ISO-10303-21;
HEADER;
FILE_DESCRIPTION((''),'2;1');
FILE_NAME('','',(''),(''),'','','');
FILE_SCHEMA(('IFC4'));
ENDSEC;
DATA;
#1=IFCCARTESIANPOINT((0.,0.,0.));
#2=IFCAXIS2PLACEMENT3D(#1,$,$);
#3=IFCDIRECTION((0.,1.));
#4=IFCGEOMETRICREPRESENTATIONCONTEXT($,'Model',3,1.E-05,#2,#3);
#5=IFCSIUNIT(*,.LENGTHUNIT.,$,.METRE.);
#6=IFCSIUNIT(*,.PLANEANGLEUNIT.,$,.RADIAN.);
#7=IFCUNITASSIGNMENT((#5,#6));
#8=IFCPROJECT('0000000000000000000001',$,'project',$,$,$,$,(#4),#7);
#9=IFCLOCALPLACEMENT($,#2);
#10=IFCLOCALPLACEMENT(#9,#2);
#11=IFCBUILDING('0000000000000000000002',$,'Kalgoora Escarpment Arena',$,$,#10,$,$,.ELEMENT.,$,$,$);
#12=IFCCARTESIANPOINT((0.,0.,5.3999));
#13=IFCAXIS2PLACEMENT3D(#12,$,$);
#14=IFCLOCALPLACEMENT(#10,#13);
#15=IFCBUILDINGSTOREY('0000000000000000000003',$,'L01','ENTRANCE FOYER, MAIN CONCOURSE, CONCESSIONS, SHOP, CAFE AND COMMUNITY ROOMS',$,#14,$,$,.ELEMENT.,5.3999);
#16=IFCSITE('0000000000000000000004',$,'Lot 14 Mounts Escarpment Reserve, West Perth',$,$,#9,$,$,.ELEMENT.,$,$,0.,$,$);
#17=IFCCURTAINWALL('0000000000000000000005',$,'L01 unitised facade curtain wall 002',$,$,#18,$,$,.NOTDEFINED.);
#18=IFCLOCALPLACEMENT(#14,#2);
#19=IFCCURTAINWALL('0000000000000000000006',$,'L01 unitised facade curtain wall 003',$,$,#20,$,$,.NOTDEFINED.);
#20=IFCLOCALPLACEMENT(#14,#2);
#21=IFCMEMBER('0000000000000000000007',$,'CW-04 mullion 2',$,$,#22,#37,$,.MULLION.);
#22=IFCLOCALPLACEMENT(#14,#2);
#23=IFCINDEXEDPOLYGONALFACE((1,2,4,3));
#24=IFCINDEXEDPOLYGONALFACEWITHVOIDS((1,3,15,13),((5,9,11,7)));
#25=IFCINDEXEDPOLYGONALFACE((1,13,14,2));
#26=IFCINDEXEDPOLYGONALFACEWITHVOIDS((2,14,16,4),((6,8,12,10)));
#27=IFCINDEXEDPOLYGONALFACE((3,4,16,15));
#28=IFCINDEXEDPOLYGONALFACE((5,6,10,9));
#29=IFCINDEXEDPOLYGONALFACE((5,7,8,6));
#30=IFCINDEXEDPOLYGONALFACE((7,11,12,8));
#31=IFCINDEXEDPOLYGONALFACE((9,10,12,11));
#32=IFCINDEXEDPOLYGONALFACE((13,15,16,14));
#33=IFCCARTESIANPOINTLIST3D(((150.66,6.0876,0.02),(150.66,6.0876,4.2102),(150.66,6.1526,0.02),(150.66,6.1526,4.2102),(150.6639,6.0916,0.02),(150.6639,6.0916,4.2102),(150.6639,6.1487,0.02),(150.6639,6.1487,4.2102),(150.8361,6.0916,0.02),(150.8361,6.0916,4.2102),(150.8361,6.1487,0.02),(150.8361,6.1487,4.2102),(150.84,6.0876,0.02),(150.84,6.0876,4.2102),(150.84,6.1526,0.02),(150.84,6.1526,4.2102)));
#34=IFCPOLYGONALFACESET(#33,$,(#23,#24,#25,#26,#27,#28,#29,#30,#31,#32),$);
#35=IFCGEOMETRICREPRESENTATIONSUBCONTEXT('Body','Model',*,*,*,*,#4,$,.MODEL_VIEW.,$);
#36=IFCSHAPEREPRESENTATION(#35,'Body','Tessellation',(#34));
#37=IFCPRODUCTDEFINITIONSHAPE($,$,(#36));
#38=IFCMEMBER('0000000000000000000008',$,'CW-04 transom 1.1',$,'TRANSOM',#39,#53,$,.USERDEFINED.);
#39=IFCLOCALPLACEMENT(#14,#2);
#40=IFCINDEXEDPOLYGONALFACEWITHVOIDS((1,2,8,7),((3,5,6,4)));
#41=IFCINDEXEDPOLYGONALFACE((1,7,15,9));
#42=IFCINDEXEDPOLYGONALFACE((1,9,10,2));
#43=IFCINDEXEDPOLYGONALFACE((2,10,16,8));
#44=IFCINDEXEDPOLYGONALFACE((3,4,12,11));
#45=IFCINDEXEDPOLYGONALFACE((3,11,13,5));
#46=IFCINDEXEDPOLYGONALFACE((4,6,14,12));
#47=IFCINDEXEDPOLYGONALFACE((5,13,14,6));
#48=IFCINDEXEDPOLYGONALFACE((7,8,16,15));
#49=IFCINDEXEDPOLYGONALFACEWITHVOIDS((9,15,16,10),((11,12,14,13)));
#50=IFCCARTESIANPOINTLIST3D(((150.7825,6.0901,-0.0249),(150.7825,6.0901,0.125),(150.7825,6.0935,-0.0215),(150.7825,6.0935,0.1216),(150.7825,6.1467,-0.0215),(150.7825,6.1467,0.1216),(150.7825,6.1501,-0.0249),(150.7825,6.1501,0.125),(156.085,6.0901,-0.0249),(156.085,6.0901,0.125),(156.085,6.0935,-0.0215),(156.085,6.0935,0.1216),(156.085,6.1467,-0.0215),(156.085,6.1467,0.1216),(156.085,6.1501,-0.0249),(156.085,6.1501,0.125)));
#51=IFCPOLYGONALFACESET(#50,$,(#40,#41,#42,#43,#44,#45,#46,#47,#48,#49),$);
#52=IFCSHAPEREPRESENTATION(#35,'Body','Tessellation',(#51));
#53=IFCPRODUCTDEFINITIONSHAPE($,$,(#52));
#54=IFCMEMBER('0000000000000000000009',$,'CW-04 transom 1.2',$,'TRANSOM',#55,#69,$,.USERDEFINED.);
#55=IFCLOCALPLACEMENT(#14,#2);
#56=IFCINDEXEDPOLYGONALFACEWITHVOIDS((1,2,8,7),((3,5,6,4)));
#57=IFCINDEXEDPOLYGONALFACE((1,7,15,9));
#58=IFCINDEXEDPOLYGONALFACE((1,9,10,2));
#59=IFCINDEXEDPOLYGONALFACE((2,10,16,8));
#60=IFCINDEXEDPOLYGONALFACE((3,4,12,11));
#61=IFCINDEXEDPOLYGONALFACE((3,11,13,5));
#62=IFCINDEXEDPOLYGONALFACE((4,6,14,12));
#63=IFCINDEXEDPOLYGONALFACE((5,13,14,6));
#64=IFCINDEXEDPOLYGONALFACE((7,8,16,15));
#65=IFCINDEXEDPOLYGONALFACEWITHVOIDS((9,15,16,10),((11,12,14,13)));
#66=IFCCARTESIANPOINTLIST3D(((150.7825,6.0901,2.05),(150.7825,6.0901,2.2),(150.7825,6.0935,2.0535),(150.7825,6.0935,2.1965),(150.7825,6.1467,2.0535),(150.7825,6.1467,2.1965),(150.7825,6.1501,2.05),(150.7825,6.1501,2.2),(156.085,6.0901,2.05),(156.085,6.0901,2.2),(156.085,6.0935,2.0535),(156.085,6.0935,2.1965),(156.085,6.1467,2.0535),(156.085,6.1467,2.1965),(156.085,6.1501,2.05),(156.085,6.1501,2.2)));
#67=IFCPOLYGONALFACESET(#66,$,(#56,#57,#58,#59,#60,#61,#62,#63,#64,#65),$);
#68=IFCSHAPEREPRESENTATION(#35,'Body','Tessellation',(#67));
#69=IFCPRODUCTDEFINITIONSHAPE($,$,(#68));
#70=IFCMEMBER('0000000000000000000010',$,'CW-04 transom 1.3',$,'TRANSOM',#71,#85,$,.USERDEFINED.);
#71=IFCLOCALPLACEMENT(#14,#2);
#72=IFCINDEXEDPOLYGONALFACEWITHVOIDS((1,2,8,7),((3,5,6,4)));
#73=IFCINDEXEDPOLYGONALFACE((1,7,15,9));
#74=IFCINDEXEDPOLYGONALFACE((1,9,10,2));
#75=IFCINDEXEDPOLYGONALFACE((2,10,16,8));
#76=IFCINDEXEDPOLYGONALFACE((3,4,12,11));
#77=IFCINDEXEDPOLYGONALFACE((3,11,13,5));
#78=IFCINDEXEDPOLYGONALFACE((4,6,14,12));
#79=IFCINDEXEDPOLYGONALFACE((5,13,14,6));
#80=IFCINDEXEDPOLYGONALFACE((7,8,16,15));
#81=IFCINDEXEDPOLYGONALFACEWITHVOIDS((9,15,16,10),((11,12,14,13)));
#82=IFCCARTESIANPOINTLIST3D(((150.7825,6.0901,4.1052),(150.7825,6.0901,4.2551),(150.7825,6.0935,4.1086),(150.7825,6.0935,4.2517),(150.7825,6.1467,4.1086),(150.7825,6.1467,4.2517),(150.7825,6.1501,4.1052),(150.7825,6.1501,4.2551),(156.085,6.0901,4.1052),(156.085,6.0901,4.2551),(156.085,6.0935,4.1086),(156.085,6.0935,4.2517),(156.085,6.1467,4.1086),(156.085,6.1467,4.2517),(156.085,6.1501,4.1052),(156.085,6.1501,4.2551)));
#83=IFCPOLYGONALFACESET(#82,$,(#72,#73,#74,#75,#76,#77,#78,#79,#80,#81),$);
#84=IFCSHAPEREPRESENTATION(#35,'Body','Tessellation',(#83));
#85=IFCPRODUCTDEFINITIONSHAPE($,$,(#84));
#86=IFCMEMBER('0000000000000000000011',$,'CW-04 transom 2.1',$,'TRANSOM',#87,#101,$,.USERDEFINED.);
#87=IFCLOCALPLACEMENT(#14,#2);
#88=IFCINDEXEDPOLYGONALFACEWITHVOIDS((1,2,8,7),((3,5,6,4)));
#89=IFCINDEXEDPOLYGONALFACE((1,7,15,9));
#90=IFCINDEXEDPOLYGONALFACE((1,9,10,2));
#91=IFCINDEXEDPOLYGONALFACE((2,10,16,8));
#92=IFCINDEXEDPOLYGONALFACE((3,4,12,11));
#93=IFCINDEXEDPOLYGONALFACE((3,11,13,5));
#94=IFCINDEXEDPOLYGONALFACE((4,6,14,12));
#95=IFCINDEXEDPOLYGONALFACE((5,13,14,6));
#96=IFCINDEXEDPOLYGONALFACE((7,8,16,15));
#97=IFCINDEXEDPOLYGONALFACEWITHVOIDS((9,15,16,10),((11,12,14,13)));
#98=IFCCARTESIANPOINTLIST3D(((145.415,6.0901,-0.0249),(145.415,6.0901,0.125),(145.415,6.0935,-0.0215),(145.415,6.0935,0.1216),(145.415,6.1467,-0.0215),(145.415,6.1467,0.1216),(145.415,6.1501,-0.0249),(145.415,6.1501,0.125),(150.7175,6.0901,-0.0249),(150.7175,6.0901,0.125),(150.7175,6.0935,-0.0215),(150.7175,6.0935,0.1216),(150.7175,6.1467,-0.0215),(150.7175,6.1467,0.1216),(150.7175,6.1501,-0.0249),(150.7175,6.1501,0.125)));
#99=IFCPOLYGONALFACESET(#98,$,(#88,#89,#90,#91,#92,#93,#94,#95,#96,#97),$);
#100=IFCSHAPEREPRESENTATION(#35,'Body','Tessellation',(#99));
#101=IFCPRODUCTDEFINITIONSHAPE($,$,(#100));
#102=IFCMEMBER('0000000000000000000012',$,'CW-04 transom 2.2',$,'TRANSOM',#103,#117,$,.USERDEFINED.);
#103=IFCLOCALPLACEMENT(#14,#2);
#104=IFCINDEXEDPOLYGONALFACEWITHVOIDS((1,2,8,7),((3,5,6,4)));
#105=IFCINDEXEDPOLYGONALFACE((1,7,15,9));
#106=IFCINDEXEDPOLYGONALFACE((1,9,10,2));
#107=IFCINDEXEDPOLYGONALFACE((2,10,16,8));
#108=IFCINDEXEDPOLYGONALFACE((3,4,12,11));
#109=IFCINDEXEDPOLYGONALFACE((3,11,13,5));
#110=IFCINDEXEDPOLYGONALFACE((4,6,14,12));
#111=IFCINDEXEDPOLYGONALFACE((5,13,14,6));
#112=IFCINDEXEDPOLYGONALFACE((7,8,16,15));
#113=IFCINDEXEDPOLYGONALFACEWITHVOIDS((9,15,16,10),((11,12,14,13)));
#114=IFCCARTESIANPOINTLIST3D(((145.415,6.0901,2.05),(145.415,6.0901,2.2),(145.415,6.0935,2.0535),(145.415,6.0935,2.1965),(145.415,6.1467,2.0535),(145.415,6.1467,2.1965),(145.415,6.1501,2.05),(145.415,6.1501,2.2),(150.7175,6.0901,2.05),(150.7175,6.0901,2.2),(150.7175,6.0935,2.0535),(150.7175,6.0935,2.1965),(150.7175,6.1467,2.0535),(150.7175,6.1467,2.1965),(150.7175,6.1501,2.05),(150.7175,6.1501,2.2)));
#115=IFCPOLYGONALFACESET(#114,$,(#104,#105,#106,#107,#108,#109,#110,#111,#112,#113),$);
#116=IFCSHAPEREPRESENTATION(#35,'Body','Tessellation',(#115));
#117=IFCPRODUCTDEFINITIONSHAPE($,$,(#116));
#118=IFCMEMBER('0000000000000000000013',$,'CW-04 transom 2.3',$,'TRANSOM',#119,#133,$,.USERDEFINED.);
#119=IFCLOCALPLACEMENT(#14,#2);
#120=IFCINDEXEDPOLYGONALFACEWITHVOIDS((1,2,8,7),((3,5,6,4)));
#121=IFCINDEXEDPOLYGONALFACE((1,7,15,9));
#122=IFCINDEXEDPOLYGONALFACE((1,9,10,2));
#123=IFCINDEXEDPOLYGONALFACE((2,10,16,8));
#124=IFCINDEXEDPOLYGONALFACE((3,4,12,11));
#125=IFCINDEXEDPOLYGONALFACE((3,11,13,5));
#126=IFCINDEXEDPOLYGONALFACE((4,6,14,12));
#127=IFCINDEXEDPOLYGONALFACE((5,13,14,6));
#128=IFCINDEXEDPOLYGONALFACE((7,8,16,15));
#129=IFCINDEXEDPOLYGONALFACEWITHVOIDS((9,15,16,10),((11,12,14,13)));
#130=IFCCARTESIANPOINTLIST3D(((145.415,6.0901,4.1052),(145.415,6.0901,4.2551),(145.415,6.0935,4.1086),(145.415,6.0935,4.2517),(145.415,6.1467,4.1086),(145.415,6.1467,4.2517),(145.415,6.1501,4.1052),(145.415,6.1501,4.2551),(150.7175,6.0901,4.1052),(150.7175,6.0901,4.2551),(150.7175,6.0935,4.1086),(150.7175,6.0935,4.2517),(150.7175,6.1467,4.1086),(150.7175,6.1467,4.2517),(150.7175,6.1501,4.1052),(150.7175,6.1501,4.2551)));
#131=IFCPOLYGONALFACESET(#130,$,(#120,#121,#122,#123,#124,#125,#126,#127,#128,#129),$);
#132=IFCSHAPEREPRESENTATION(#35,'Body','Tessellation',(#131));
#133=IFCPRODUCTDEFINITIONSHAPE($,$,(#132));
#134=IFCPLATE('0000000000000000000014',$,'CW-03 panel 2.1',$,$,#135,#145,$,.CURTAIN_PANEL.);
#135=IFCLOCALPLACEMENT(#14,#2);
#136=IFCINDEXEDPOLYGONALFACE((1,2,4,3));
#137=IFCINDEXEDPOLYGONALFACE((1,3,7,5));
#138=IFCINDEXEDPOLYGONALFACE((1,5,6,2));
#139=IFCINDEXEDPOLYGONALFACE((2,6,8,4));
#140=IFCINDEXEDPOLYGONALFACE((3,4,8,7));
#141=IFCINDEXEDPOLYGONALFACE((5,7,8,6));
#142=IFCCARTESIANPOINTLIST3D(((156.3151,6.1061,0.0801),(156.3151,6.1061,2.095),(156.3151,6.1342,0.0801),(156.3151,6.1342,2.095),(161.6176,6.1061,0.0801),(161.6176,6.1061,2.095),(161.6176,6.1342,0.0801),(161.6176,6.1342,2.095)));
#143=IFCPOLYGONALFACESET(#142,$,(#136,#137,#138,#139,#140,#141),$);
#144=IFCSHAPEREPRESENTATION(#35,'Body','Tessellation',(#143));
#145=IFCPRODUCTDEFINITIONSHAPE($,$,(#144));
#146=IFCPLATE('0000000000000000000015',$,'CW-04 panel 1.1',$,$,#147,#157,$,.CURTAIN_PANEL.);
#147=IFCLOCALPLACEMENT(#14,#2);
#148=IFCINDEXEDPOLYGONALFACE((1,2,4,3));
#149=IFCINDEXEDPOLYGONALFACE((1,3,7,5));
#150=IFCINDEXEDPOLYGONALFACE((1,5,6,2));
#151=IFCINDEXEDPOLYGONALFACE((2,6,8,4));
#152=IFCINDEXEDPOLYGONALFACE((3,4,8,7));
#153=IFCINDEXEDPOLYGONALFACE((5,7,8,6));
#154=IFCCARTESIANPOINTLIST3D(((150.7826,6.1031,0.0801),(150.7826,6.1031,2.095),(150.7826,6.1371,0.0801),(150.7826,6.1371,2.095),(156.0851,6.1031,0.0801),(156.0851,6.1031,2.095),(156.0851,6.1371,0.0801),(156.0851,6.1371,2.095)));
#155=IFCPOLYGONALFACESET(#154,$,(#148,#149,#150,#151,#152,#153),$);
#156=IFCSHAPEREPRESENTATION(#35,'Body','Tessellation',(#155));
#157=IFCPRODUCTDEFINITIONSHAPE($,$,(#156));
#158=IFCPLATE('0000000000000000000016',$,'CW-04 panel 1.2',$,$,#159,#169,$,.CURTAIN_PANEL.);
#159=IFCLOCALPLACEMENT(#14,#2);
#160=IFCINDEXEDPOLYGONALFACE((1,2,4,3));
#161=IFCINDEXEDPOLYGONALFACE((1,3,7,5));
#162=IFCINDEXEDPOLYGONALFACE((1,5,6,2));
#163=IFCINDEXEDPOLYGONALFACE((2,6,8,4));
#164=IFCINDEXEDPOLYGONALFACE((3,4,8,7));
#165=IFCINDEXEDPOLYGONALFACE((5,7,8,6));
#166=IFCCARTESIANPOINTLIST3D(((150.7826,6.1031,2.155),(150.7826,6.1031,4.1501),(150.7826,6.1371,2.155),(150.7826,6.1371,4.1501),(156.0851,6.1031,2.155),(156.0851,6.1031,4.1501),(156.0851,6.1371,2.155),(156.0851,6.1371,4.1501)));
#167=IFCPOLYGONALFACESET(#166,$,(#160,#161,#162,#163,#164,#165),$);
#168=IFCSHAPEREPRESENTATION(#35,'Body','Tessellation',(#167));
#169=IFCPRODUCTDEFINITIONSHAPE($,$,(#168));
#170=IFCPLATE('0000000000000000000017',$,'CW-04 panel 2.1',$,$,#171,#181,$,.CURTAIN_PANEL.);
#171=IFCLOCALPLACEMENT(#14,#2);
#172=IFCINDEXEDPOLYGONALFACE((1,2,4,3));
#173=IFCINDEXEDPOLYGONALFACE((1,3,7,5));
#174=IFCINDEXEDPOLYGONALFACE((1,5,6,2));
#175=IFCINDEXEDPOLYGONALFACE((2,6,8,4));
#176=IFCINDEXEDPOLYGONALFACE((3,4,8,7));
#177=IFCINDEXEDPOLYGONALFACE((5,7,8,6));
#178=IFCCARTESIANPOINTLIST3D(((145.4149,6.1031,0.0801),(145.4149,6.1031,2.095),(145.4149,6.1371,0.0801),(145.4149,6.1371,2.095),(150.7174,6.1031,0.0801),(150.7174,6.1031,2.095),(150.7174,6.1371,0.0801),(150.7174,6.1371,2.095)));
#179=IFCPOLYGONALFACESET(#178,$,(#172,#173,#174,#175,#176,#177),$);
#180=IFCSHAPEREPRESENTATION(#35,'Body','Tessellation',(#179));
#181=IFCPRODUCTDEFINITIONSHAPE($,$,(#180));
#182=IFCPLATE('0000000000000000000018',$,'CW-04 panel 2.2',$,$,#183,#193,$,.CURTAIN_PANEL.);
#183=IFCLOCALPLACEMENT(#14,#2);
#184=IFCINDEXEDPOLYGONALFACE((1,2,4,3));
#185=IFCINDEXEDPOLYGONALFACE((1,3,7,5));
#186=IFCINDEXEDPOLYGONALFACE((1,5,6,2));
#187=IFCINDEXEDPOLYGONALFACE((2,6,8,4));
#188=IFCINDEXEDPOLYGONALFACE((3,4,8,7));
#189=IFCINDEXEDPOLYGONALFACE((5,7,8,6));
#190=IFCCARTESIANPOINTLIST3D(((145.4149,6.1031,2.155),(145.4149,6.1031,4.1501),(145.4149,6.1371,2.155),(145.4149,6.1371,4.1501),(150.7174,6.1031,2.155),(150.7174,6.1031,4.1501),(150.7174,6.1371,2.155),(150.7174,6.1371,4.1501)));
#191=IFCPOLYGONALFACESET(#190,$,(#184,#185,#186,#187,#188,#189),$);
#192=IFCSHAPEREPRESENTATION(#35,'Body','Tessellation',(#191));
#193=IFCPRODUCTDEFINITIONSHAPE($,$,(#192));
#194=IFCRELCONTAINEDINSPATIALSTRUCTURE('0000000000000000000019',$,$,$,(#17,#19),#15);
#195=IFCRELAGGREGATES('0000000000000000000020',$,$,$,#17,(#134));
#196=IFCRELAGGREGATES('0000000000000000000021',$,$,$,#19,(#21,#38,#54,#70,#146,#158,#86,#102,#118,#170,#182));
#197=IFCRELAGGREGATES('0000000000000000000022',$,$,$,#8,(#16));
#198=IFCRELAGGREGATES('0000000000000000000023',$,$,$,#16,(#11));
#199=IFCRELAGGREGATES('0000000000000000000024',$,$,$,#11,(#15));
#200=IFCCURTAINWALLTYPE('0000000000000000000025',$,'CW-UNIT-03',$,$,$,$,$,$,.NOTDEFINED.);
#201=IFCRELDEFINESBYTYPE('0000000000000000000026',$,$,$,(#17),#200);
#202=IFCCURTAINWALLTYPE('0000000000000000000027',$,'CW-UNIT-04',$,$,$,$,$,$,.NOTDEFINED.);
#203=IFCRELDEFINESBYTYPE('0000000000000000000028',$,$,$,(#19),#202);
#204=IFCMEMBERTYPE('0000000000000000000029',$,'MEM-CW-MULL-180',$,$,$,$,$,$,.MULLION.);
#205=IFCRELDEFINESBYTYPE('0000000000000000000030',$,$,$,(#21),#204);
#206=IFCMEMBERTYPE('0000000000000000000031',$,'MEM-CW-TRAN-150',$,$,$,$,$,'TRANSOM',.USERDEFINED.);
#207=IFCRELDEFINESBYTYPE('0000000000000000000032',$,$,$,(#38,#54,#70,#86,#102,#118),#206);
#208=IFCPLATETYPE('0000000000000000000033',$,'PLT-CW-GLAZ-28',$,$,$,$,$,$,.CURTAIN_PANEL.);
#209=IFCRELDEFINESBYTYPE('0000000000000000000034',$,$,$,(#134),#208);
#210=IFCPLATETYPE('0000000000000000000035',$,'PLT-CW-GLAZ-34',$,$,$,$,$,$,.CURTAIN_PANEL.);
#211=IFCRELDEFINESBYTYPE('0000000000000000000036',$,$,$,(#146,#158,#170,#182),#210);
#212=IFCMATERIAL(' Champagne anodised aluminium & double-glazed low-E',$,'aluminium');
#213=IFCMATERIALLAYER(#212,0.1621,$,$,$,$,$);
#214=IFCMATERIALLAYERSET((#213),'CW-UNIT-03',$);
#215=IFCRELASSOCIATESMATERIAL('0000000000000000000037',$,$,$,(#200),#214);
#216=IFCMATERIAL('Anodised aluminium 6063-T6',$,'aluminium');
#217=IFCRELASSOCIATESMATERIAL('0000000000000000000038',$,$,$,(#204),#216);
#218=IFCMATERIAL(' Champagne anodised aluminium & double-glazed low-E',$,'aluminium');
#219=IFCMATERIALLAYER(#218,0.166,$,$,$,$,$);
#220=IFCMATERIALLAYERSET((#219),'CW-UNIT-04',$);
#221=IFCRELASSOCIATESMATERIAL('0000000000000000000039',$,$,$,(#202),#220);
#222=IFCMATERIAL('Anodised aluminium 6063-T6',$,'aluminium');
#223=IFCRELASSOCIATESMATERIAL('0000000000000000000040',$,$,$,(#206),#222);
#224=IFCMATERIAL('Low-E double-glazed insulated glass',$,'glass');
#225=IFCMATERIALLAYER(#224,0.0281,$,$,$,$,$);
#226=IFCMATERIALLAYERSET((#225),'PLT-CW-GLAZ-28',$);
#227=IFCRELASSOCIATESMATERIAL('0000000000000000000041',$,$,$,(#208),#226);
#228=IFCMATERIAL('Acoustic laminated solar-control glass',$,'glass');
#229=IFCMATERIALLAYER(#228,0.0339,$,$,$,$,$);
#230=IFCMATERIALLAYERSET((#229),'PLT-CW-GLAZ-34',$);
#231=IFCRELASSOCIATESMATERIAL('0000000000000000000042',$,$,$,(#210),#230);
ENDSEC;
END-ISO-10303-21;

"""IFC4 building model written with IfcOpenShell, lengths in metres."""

from ifc_helpers import new_model, si_unit, direction, frame, origin, origin_2d, place, context, subcontext, project, spatial, rectangle, hollow_rectangle, extrude, material, layer, layer_set, material_profile, profile_set, type_object, element, aggregate, save


model = new_model("IFC4")

# Units and contexts
model_context = context("Model", 3, precision=1e-05, world=origin(), true_north=direction((0.0, 1.0)))
body_context = subcontext(model_context, "Body", "Model", "MODEL_VIEW")
ifc_project = project(units=[si_unit("LENGTHUNIT", "METRE"), si_unit("PLANEANGLEUNIT", "RADIAN")], contexts=[model_context])

# Site, building, storey
site_placement = place(None, origin())
site = spatial("IfcSite", under=ifc_project, at=site_placement, Name="Lot 14 Mounts Escarpment Reserve, West Perth", CompositionType="ELEMENT", RefElevation=0.0)
building_placement = place(site_placement, origin())
building = spatial("IfcBuilding", under=site, at=building_placement, Name="Kalgoora Escarpment Arena", CompositionType="ELEMENT")
storey_placement = place(building_placement, frame((0.0, 0.0, 5.3999)))
storey = spatial("IfcBuildingStorey", under=building, at=storey_placement, Name="L01", Description="ENTRANCE FOYER, MAIN CONCOURSE, CONCESSIONS, SHOP, CAFE AND COMMUNITY ROOMS", CompositionType="ELEMENT", Elevation=5.3999)

# Curtain wall
ifc_material_1 = material(Name=" Champagne anodised aluminium & double-glazed low-E", Category="aluminium")
ifc_layer_1 = layer(ifc_material_1, 0.1621)
ifc_layer_set_1 = layer_set([ifc_layer_1], Name="CW-UNIT-03")
curtain_wall_type_1 = type_object("IfcCurtainWallType", Name="CW-UNIT-03", PredefinedType="NOTDEFINED", material=ifc_layer_set_1)
curtain_wall_1_placement = place(storey_placement, origin())
curtain_wall_1 = element("IfcCurtainWall", 1, at=curtain_wall_1_placement, inside=storey, type_object=curtain_wall_type_1, Name="L01 unitised facade curtain wall 002", PredefinedType="NOTDEFINED")
ifc_material_2 = material(Name="Anodised aluminium 6063-T6", Category="aluminium")
ifc_material_profile_1 = material_profile(ifc_material_2, hollow_rectangle(XDim=0.0649, YDim=0.1799, WallThickness=0.0039, at=origin_2d()))
ifc_profile_set_1 = profile_set([ifc_material_profile_1], Name="Anodised aluminium 6063-T6")
member_type_1 = type_object("IfcMemberType", Name="MEM-CW-MULL-180", PredefinedType="MULLION", material=ifc_profile_set_1)

# Curtain wall, members
ifc_material_3 = material(Name=" Champagne anodised aluminium & double-glazed low-E", Category="aluminium")
ifc_layer_2 = layer(ifc_material_3, 0.166)
ifc_layer_set_2 = layer_set([ifc_layer_2], Name="CW-UNIT-04")
curtain_wall_type_2 = type_object("IfcCurtainWallType", Name="CW-UNIT-04", PredefinedType="NOTDEFINED", material=ifc_layer_set_2)
curtain_wall_2_placement = place(storey_placement, origin())
curtain_wall_2 = element("IfcCurtainWall", 2, at=curtain_wall_2_placement, inside=storey, type_object=curtain_wall_type_2, Name="L01 unitised facade curtain wall 003", PredefinedType="NOTDEFINED")
member_1_placement = place(storey_placement, frame((150.75, 6.1201, 0.02), z_axis=(0.0, 0.0, 1.0), x_axis=(0.0, -1.0, 0.0)))
member_1 = element("IfcMember", 3, at=member_1_placement, type_object=member_type_1, Name="CW-04 mullion 2", PredefinedType="MULLION", context=body_context, shape_type="SweptSolid", body=[
    extrude(hollow_rectangle(XDim=0.0649, YDim=0.1799, WallThickness=0.0039, at=origin_2d()), origin(), (0.0, 0.0, 1.0), 4.1902),
])
ifc_material_4 = material(Name="Anodised aluminium 6063-T6", Category="aluminium")
ifc_material_profile_2 = material_profile(ifc_material_4, hollow_rectangle(XDim=0.0601, YDim=0.1499, WallThickness=0.0034, at=origin_2d()))
ifc_profile_set_2 = profile_set([ifc_material_profile_2], Name="Anodised aluminium 6063-T6")
member_type_2 = type_object("IfcMemberType", Name="MEM-CW-TRAN-150", ElementType="TRANSOM", PredefinedType="USERDEFINED", material=ifc_profile_set_2)
member_2_placement = place(storey_placement, frame((156.085, 6.1201, 0.05), z_axis=(-1.0, 0.0, 0.0), x_axis=(0.0, -1.0, 0.0)))
member_2 = element("IfcMember", 4, at=member_2_placement, type_object=member_type_2, Name="CW-04 transom 1.1", ObjectType="TRANSOM", PredefinedType="USERDEFINED", context=body_context, shape_type="SweptSolid", body=[
    extrude(hollow_rectangle(XDim=0.0601, YDim=0.1499, WallThickness=0.0034, at=origin_2d()), origin(), (0.0, 0.0, 1.0), 5.3025),
])
member_3_placement = place(storey_placement, frame((156.085, 6.1201, 2.125), z_axis=(-1.0, 0.0, 0.0), x_axis=(0.0, -1.0, 0.0)))
member_3 = element("IfcMember", 5, at=member_3_placement, type_object=member_type_2, Name="CW-04 transom 1.2", ObjectType="TRANSOM", PredefinedType="USERDEFINED", context=body_context, shape_type="SweptSolid", body=[
    extrude(hollow_rectangle(XDim=0.0601, YDim=0.1499, WallThickness=0.0034, at=origin_2d()), origin(), (0.0, 0.0, 1.0), 5.3025),
])
member_4_placement = place(storey_placement, frame((156.085, 6.1201, 4.1802), z_axis=(-1.0, 0.0, 0.0), x_axis=(0.0, -1.0, 0.0)))
member_4 = element("IfcMember", 6, at=member_4_placement, type_object=member_type_2, Name="CW-04 transom 1.3", ObjectType="TRANSOM", PredefinedType="USERDEFINED", context=body_context, shape_type="SweptSolid", body=[
    extrude(hollow_rectangle(XDim=0.0601, YDim=0.1499, WallThickness=0.0034, at=origin_2d()), origin(), (0.0, 0.0, 1.0), 5.3025),
])
member_5_placement = place(storey_placement, frame((150.7175, 6.1201, 0.05), z_axis=(-1.0, 0.0, 0.0), x_axis=(0.0, -1.0, 0.0)))
member_5 = element("IfcMember", 7, at=member_5_placement, type_object=member_type_2, Name="CW-04 transom 2.1", ObjectType="TRANSOM", PredefinedType="USERDEFINED", context=body_context, shape_type="SweptSolid", body=[
    extrude(hollow_rectangle(XDim=0.0601, YDim=0.1499, WallThickness=0.0034, at=origin_2d()), origin(), (0.0, 0.0, 1.0), 5.3025),
])
member_6_placement = place(storey_placement, frame((150.7175, 6.1201, 2.125), z_axis=(-1.0, 0.0, 0.0), x_axis=(0.0, -1.0, 0.0)))
member_6 = element("IfcMember", 8, at=member_6_placement, type_object=member_type_2, Name="CW-04 transom 2.2", ObjectType="TRANSOM", PredefinedType="USERDEFINED", context=body_context, shape_type="SweptSolid", body=[
    extrude(hollow_rectangle(XDim=0.0601, YDim=0.1499, WallThickness=0.0034, at=origin_2d()), origin(), (0.0, 0.0, 1.0), 5.3025),
])
member_7_placement = place(storey_placement, frame((150.7175, 6.1201, 4.1802), z_axis=(-1.0, 0.0, 0.0), x_axis=(0.0, -1.0, 0.0)))
member_7 = element("IfcMember", 9, at=member_7_placement, type_object=member_type_2, Name="CW-04 transom 2.3", ObjectType="TRANSOM", PredefinedType="USERDEFINED", context=body_context, shape_type="SweptSolid", body=[
    extrude(hollow_rectangle(XDim=0.0601, YDim=0.1499, WallThickness=0.0034, at=origin_2d()), origin(), (0.0, 0.0, 1.0), 5.3025),
])

# Plates
ifc_material_5 = material(Name="Low-E double-glazed insulated glass", Category="glass")
ifc_layer_3 = layer(ifc_material_5, 0.0281)
ifc_layer_set_3 = layer_set([ifc_layer_3], Name="PLT-CW-GLAZ-28")
plate_type_1 = type_object("IfcPlateType", Name="PLT-CW-GLAZ-28", PredefinedType="CURTAIN_PANEL", material=ifc_layer_set_3)
plate_1_placement = place(storey_placement, frame((158.9663, 6.1201, 0.0801), z_axis=(0.0, 0.0, 1.0), x_axis=(-1.0, 0.0, 0.0)))
plate_1 = element("IfcPlate", 10, at=plate_1_placement, type_object=plate_type_1, Name="CW-03 panel 2.1", PredefinedType="CURTAIN_PANEL", context=body_context, shape_type="SweptSolid", body=[
    extrude(rectangle(XDim=5.3025, YDim=0.0281, at=origin_2d()), origin(), (0.0, 0.0, 1.0), 2.0149),
])
aggregate(curtain_wall_1, [plate_1])
ifc_material_6 = material(Name="Acoustic laminated solar-control glass", Category="glass")
ifc_layer_4 = layer(ifc_material_6, 0.0339)
ifc_layer_set_4 = layer_set([ifc_layer_4], Name="PLT-CW-GLAZ-34")
plate_type_2 = type_object("IfcPlateType", Name="PLT-CW-GLAZ-34", PredefinedType="CURTAIN_PANEL", material=ifc_layer_set_4)
plate_2_placement = place(storey_placement, frame((153.4338, 6.1201, 0.0801), z_axis=(0.0, 0.0, 1.0), x_axis=(-1.0, 0.0, 0.0)))
plate_2 = element("IfcPlate", 11, at=plate_2_placement, type_object=plate_type_2, Name="CW-04 panel 1.1", PredefinedType="CURTAIN_PANEL", context=body_context, shape_type="SweptSolid", body=[
    extrude(rectangle(XDim=5.3025, YDim=0.0339, at=origin_2d()), origin(), (0.0, 0.0, 1.0), 2.0149),
])
plate_3_placement = place(storey_placement, frame((153.4338, 6.1201, 2.155), z_axis=(0.0, 0.0, 1.0), x_axis=(-1.0, 0.0, 0.0)))
plate_3 = element("IfcPlate", 12, at=plate_3_placement, type_object=plate_type_2, Name="CW-04 panel 1.2", PredefinedType="CURTAIN_PANEL", context=body_context, shape_type="SweptSolid", body=[
    extrude(rectangle(XDim=5.3025, YDim=0.0339, at=origin_2d()), origin(), (0.0, 0.0, 1.0), 1.9951),
])
plate_4_placement = place(storey_placement, frame((148.0662, 6.1201, 0.0801), z_axis=(0.0, 0.0, 1.0), x_axis=(-1.0, 0.0, 0.0)))
plate_4 = element("IfcPlate", 13, at=plate_4_placement, type_object=plate_type_2, Name="CW-04 panel 2.1", PredefinedType="CURTAIN_PANEL", context=body_context, shape_type="SweptSolid", body=[
    extrude(rectangle(XDim=5.3025, YDim=0.0339, at=origin_2d()), origin(), (0.0, 0.0, 1.0), 2.0149),
])
plate_5_placement = place(storey_placement, frame((148.0662, 6.1201, 2.155), z_axis=(0.0, 0.0, 1.0), x_axis=(-1.0, 0.0, 0.0)))
plate_5 = element("IfcPlate", 14, at=plate_5_placement, type_object=plate_type_2, Name="CW-04 panel 2.2", PredefinedType="CURTAIN_PANEL", context=body_context, shape_type="SweptSolid", body=[
    extrude(rectangle(XDim=5.3025, YDim=0.0339, at=origin_2d()), origin(), (0.0, 0.0, 1.0), 1.9951),
])
aggregate(curtain_wall_2, [member_1, member_2, member_3, member_4, plate_2, plate_3, member_5, member_6, member_7, plate_4, plate_5])

save(model, "model.ifc")
